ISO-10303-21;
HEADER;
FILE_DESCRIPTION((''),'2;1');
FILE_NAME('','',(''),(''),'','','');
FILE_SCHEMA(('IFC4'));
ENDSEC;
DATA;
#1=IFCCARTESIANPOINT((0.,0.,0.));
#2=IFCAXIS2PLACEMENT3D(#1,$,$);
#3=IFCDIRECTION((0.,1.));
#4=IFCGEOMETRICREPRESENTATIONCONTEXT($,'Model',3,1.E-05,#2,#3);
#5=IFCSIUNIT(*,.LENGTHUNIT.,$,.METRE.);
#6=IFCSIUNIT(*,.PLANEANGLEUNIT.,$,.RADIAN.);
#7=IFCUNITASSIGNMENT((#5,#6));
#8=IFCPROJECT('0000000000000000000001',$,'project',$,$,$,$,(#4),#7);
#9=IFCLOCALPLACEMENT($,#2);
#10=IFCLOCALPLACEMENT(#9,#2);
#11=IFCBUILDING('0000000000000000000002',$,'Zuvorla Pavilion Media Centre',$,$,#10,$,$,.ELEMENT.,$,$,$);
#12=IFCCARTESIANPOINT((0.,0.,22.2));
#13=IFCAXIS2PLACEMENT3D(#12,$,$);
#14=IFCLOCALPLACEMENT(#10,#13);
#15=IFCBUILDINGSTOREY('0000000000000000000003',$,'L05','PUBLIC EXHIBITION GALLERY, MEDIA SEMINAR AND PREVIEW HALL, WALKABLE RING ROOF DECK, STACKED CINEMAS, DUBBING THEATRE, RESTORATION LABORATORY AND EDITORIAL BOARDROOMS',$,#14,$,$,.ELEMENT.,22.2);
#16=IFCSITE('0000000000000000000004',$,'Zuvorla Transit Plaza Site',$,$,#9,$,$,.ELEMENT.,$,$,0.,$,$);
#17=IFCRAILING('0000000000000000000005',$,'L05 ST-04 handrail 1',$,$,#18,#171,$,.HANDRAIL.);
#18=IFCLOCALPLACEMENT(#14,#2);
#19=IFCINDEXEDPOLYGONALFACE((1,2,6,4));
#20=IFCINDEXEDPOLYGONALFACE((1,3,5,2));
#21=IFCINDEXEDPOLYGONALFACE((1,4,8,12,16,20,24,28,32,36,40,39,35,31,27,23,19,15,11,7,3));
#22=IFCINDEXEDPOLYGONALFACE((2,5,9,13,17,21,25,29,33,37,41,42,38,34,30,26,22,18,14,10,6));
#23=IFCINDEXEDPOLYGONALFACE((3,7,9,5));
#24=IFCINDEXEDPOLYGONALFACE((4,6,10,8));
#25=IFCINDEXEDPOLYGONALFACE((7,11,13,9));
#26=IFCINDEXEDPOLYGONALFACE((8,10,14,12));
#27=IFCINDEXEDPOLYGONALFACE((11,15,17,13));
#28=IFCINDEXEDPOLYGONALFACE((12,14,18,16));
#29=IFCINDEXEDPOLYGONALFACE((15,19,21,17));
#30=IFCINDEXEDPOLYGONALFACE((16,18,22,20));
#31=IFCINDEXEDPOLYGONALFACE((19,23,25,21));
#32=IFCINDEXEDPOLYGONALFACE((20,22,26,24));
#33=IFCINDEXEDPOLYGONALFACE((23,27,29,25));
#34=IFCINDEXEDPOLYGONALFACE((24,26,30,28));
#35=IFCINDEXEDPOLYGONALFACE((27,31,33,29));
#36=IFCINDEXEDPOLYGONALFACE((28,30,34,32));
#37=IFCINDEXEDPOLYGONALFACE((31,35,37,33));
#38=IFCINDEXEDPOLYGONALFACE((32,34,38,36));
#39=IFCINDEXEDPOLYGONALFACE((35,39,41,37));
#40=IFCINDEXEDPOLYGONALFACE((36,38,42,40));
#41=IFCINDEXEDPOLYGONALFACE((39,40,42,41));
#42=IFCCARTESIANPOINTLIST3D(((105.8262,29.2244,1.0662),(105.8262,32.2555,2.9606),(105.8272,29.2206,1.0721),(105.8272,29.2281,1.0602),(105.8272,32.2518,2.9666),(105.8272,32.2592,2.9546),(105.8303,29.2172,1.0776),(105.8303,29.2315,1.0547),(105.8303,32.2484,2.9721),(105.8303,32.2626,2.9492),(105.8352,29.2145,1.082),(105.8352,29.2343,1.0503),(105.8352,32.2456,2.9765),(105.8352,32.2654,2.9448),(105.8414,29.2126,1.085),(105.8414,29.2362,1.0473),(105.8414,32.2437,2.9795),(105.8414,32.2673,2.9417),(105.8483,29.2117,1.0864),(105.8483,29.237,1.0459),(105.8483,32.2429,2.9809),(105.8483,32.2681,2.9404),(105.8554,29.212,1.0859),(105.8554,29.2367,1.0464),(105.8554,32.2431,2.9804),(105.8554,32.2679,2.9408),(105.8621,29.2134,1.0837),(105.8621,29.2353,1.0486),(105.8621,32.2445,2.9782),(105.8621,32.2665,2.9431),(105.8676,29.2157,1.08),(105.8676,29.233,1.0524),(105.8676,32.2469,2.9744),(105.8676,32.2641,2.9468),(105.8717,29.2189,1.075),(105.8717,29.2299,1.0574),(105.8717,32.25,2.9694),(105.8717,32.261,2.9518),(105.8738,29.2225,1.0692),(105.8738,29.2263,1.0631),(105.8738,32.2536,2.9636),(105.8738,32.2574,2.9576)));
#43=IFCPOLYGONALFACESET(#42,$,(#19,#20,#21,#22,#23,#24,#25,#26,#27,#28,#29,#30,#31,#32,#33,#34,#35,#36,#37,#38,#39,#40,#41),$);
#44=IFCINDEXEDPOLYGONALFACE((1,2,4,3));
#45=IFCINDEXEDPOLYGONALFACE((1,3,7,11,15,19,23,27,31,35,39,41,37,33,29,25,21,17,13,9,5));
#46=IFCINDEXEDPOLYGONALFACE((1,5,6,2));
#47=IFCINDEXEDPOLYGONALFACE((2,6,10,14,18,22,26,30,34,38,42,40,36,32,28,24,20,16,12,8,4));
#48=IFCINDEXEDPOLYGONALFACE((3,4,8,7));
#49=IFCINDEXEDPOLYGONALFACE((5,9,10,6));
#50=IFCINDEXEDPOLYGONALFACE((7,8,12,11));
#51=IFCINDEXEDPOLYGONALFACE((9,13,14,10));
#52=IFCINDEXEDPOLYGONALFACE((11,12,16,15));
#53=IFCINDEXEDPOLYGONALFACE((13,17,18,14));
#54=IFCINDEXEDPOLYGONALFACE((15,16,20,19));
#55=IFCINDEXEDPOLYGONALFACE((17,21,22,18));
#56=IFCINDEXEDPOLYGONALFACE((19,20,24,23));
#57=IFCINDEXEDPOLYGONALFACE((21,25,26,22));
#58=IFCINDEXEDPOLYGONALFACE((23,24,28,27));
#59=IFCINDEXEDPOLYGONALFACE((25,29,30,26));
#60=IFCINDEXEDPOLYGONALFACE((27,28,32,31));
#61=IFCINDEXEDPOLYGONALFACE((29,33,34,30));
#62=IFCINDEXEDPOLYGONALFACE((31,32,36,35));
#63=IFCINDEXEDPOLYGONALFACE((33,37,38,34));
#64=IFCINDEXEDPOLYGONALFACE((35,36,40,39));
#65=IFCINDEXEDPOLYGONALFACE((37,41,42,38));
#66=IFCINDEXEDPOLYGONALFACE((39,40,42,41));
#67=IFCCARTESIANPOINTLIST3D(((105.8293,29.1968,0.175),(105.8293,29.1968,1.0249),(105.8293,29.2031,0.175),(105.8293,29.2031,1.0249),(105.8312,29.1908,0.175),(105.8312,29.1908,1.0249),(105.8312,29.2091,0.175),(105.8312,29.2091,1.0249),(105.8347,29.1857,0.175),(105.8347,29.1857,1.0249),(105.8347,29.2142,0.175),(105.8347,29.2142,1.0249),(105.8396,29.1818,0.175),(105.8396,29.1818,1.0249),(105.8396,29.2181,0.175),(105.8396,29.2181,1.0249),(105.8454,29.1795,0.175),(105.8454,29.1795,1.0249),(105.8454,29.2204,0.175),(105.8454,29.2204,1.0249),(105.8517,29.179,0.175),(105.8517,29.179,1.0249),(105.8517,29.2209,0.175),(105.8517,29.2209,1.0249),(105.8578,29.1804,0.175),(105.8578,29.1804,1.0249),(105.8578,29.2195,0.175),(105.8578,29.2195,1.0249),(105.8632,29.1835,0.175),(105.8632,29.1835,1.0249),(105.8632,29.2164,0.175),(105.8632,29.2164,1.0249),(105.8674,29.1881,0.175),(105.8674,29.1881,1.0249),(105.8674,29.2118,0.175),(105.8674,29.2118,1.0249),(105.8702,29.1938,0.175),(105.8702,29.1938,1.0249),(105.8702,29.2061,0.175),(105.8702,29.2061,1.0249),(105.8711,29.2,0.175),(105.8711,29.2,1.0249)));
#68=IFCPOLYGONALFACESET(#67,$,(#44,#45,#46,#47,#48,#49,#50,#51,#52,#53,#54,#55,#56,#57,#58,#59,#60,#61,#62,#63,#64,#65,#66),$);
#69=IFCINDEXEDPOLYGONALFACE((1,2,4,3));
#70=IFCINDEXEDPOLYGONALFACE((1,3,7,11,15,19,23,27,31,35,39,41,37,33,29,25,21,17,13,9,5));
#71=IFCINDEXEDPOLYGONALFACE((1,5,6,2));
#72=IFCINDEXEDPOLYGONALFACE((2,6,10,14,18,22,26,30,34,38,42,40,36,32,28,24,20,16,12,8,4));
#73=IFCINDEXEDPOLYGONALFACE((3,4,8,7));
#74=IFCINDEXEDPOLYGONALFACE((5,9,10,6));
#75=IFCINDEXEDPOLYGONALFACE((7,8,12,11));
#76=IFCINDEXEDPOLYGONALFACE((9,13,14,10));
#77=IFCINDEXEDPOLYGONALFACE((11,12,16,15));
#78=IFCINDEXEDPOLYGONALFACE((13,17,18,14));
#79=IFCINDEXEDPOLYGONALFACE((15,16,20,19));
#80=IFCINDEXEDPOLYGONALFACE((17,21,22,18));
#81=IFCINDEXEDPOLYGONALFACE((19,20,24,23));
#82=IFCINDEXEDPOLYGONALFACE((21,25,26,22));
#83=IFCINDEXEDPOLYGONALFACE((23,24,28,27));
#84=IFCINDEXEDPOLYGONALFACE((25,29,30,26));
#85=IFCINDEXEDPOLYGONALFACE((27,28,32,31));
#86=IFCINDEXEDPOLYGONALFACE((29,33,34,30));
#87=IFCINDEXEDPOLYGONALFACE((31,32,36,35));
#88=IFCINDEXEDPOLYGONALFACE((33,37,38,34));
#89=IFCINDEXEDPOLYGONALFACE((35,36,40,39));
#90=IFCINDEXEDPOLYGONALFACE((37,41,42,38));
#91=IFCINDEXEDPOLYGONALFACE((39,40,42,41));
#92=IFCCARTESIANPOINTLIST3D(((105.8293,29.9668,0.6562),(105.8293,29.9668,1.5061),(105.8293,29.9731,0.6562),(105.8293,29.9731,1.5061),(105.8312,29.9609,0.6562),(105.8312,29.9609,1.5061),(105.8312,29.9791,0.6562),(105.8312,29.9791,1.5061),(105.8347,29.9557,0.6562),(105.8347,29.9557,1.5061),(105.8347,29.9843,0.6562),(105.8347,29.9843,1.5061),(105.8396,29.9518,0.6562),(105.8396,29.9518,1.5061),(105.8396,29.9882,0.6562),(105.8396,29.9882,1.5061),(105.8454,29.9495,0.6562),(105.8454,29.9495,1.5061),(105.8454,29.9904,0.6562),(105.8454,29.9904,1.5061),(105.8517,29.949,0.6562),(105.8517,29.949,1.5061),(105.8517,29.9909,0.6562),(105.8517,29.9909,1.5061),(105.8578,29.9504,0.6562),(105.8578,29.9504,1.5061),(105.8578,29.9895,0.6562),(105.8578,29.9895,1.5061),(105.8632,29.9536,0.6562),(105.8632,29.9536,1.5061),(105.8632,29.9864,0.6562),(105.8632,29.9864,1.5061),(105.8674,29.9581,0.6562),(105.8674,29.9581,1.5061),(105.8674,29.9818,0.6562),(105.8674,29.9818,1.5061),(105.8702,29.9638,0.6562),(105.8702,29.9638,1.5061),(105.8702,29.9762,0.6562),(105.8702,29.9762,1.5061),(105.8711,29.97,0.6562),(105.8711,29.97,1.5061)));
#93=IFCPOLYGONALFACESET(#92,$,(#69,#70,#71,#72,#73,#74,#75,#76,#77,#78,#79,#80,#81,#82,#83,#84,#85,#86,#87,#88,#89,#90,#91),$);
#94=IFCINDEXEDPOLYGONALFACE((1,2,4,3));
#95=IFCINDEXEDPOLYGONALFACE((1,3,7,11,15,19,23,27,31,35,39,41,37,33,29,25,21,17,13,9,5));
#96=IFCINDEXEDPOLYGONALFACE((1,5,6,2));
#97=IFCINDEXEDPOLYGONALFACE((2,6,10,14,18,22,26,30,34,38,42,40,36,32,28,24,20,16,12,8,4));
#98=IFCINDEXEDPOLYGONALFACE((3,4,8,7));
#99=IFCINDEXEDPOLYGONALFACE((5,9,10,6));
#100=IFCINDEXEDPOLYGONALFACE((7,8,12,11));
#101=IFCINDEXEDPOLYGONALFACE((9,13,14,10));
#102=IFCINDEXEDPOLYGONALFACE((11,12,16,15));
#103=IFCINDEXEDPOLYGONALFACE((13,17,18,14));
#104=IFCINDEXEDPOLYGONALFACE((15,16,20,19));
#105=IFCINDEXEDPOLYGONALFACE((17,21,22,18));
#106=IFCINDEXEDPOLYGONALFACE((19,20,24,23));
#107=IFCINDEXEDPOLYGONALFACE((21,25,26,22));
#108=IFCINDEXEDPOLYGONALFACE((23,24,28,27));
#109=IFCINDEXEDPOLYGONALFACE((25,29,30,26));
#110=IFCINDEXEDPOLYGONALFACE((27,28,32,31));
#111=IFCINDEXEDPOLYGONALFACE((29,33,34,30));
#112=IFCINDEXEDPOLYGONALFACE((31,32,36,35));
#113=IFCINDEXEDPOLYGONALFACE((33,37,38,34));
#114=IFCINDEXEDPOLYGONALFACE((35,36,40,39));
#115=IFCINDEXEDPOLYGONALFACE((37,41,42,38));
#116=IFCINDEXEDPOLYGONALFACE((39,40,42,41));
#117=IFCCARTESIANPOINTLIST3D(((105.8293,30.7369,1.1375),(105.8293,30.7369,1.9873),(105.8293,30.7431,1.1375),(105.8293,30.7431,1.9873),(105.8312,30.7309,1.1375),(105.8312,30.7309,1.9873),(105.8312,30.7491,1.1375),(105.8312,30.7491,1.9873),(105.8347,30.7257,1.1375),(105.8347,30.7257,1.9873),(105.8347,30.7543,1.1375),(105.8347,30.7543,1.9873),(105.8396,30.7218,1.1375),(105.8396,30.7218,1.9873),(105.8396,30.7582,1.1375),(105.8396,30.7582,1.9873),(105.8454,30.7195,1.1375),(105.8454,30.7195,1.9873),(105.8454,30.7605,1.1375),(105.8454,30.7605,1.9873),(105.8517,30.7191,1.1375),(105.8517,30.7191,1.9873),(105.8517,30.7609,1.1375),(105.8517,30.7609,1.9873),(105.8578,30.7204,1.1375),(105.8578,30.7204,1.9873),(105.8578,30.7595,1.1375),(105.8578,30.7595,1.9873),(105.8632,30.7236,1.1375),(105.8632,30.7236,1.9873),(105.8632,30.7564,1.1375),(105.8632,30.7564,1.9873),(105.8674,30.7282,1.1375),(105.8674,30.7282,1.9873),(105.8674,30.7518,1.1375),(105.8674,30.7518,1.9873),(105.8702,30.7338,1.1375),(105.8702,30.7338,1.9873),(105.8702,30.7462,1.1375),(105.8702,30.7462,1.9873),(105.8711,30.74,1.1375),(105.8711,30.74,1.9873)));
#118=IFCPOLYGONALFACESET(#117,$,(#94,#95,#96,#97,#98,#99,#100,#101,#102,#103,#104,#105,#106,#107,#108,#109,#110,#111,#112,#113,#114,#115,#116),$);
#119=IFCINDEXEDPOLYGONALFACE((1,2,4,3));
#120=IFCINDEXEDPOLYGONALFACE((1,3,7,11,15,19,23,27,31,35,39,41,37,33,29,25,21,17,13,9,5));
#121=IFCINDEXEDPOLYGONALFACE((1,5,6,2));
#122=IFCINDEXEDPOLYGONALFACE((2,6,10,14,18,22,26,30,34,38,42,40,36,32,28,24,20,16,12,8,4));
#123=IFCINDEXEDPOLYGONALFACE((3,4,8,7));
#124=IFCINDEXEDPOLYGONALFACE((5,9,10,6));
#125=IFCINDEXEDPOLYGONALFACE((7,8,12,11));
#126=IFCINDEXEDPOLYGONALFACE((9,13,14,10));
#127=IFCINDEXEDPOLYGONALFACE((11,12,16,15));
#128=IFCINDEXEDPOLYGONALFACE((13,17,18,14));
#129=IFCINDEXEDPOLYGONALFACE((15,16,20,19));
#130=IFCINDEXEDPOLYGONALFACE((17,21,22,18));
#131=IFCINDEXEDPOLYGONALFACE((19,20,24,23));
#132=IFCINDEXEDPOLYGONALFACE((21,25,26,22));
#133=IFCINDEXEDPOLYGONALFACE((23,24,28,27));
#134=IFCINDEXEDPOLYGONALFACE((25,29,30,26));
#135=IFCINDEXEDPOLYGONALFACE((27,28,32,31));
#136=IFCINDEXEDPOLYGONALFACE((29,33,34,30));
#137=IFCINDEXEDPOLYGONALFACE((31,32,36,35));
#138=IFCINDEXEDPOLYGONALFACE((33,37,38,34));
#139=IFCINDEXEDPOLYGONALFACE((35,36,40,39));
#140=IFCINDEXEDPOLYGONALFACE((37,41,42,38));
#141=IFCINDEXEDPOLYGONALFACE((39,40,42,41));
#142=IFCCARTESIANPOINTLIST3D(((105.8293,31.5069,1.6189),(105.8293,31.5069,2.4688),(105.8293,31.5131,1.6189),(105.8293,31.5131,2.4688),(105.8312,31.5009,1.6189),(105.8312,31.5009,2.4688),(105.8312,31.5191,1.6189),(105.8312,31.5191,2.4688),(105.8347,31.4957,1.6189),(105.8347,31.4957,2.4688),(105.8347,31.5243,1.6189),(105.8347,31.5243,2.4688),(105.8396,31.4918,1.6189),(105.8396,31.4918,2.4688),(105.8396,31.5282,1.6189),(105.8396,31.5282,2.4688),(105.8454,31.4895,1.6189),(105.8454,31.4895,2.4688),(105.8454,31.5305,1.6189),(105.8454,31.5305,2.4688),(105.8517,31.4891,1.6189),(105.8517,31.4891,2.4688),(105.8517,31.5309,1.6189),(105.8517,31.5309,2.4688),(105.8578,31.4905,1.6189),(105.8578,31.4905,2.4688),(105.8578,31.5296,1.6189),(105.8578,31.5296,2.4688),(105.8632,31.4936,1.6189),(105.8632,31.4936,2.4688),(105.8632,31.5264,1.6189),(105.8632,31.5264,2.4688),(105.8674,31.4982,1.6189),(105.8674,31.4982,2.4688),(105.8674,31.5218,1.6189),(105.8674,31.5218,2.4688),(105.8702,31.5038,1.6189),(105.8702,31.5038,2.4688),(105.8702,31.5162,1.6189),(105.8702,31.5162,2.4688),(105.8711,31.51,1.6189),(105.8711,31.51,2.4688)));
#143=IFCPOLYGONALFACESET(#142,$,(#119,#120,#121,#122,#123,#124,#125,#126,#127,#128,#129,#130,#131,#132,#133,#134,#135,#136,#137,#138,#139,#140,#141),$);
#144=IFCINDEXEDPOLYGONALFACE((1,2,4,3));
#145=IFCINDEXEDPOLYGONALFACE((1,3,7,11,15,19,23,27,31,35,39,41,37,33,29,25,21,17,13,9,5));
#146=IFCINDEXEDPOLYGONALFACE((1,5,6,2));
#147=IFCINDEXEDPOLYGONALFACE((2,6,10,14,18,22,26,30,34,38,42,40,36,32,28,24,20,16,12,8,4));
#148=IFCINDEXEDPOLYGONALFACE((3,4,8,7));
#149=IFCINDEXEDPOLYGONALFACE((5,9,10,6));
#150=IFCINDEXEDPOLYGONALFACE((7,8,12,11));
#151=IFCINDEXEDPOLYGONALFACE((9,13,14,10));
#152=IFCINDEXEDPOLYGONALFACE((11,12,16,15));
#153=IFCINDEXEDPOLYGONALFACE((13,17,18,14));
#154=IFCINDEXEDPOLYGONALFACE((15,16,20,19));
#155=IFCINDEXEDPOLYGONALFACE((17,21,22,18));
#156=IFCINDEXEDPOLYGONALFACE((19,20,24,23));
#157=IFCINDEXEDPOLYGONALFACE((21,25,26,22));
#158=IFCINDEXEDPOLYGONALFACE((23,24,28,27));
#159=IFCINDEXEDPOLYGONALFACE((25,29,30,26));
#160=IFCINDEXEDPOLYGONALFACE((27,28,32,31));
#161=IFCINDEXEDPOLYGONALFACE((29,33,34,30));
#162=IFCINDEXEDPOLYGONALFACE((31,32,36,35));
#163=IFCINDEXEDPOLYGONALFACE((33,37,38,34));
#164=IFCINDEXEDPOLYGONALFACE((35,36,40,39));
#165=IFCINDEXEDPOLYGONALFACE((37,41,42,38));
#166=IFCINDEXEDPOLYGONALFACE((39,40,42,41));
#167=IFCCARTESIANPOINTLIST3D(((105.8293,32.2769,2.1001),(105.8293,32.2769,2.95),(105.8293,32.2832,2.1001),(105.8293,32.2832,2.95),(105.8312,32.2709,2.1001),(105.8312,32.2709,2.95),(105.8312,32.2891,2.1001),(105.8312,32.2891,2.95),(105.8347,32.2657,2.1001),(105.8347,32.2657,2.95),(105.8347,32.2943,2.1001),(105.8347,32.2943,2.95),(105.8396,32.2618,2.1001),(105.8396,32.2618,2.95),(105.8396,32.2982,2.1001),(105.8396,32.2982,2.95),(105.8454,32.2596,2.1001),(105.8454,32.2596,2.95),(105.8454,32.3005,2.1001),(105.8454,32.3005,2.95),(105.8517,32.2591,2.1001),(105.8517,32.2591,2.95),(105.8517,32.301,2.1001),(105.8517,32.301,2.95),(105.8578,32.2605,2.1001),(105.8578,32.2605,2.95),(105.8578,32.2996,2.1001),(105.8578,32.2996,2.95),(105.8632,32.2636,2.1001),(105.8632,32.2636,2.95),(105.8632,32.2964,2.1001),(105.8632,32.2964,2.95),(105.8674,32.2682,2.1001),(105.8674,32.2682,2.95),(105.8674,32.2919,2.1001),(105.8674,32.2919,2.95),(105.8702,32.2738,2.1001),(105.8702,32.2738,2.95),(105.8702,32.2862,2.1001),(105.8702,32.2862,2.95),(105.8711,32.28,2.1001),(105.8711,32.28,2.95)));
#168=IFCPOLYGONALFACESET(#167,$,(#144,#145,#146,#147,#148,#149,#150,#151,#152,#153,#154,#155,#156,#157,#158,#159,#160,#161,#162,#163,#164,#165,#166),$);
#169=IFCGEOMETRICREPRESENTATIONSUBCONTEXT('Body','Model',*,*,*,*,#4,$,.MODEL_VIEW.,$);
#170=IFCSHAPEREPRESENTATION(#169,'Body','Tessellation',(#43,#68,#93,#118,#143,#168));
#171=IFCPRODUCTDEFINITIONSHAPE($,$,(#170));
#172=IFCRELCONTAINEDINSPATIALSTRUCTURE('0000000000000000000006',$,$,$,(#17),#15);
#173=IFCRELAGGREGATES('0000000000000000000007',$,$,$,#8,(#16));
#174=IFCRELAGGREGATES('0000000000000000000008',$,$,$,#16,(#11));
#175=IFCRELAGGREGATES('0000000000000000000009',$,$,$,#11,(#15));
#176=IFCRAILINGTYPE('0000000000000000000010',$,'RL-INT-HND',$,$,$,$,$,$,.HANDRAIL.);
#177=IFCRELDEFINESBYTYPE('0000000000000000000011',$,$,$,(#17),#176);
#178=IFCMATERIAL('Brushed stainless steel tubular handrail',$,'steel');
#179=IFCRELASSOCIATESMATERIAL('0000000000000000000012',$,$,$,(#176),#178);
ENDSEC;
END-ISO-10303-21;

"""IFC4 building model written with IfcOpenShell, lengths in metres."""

from ifc_helpers import new_model, si_unit, direction, frame, origin, origin_2d, place, context, subcontext, project, spatial, circle, extrude, material, type_object, element, save


model = new_model("IFC4")

# Units and contexts
model_context = context("Model", 3, precision=1e-05, world=origin(), true_north=direction((0.0, 1.0)))
body_context = subcontext(model_context, "Body", "Model", "MODEL_VIEW")
ifc_project = project(units=[si_unit("LENGTHUNIT", "METRE"), si_unit("PLANEANGLEUNIT", "RADIAN")], contexts=[model_context])

# Site, building, storey
site_placement = place(None, origin())
site = spatial("IfcSite", under=ifc_project, at=site_placement, Name="Zuvorla Transit Plaza Site", CompositionType="ELEMENT", RefElevation=0.0)
building_placement = place(site_placement, origin())
building = spatial("IfcBuilding", under=site, at=building_placement, Name="Zuvorla Pavilion Media Centre", CompositionType="ELEMENT")
storey_placement = place(building_placement, frame((0.0, 0.0, 22.2)))
storey = spatial("IfcBuildingStorey", under=building, at=storey_placement, Name="L05", Description="PUBLIC EXHIBITION GALLERY, MEDIA SEMINAR AND PREVIEW HALL, WALKABLE RING ROOF DECK, STACKED CINEMAS, DUBBING THEATRE, RESTORATION LABORATORY AND EDITORIAL BOARDROOMS", CompositionType="ELEMENT", Elevation=22.2)

# Railing
ifc_material_1 = material(Name="Brushed stainless steel tubular handrail", Category="steel")
railing_type_1 = type_object("IfcRailingType", Name="RL-INT-HND", PredefinedType="HANDRAIL", material=ifc_material_1)
railing_1_placement = place(storey_placement, frame((105.8501, 29.2, 0.175)))
element("IfcRailing", 1, at=railing_1_placement, inside=storey, type_object=railing_type_1, Name="L05 ST-04 handrail 1", PredefinedType="HANDRAIL", context=body_context, shape_type="SweptSolid", body=[
    extrude(circle(Radius=0.0239, at=origin_2d()), frame((0.0, 0.0244, 0.8911), z_axis=(0.0, 0.847998, 0.529999), x_axis=(-1.0, 0.0, 0.0)), (0.0, 0.0, 1.0), 3.5745),
    extrude(circle(Radius=0.021, at=origin_2d()), origin(), (0.0, 0.0, 1.0), 0.8499),
    extrude(circle(Radius=0.021, at=origin_2d()), frame((0.0, 0.77, 0.4812)), (0.0, 0.0, 1.0), 0.8499),
    extrude(circle(Radius=0.021, at=origin_2d()), frame((0.0, 1.54, 0.9624)), (0.0, 0.0, 1.0), 0.8499),
    extrude(circle(Radius=0.021, at=origin_2d()), frame((0.0, 2.3101, 1.4438)), (0.0, 0.0, 1.0), 0.8499),
    extrude(circle(Radius=0.021, at=origin_2d()), frame((0.0, 3.0801, 1.925)), (0.0, 0.0, 1.0), 0.8499),
])

save(model, "model.ifc")
